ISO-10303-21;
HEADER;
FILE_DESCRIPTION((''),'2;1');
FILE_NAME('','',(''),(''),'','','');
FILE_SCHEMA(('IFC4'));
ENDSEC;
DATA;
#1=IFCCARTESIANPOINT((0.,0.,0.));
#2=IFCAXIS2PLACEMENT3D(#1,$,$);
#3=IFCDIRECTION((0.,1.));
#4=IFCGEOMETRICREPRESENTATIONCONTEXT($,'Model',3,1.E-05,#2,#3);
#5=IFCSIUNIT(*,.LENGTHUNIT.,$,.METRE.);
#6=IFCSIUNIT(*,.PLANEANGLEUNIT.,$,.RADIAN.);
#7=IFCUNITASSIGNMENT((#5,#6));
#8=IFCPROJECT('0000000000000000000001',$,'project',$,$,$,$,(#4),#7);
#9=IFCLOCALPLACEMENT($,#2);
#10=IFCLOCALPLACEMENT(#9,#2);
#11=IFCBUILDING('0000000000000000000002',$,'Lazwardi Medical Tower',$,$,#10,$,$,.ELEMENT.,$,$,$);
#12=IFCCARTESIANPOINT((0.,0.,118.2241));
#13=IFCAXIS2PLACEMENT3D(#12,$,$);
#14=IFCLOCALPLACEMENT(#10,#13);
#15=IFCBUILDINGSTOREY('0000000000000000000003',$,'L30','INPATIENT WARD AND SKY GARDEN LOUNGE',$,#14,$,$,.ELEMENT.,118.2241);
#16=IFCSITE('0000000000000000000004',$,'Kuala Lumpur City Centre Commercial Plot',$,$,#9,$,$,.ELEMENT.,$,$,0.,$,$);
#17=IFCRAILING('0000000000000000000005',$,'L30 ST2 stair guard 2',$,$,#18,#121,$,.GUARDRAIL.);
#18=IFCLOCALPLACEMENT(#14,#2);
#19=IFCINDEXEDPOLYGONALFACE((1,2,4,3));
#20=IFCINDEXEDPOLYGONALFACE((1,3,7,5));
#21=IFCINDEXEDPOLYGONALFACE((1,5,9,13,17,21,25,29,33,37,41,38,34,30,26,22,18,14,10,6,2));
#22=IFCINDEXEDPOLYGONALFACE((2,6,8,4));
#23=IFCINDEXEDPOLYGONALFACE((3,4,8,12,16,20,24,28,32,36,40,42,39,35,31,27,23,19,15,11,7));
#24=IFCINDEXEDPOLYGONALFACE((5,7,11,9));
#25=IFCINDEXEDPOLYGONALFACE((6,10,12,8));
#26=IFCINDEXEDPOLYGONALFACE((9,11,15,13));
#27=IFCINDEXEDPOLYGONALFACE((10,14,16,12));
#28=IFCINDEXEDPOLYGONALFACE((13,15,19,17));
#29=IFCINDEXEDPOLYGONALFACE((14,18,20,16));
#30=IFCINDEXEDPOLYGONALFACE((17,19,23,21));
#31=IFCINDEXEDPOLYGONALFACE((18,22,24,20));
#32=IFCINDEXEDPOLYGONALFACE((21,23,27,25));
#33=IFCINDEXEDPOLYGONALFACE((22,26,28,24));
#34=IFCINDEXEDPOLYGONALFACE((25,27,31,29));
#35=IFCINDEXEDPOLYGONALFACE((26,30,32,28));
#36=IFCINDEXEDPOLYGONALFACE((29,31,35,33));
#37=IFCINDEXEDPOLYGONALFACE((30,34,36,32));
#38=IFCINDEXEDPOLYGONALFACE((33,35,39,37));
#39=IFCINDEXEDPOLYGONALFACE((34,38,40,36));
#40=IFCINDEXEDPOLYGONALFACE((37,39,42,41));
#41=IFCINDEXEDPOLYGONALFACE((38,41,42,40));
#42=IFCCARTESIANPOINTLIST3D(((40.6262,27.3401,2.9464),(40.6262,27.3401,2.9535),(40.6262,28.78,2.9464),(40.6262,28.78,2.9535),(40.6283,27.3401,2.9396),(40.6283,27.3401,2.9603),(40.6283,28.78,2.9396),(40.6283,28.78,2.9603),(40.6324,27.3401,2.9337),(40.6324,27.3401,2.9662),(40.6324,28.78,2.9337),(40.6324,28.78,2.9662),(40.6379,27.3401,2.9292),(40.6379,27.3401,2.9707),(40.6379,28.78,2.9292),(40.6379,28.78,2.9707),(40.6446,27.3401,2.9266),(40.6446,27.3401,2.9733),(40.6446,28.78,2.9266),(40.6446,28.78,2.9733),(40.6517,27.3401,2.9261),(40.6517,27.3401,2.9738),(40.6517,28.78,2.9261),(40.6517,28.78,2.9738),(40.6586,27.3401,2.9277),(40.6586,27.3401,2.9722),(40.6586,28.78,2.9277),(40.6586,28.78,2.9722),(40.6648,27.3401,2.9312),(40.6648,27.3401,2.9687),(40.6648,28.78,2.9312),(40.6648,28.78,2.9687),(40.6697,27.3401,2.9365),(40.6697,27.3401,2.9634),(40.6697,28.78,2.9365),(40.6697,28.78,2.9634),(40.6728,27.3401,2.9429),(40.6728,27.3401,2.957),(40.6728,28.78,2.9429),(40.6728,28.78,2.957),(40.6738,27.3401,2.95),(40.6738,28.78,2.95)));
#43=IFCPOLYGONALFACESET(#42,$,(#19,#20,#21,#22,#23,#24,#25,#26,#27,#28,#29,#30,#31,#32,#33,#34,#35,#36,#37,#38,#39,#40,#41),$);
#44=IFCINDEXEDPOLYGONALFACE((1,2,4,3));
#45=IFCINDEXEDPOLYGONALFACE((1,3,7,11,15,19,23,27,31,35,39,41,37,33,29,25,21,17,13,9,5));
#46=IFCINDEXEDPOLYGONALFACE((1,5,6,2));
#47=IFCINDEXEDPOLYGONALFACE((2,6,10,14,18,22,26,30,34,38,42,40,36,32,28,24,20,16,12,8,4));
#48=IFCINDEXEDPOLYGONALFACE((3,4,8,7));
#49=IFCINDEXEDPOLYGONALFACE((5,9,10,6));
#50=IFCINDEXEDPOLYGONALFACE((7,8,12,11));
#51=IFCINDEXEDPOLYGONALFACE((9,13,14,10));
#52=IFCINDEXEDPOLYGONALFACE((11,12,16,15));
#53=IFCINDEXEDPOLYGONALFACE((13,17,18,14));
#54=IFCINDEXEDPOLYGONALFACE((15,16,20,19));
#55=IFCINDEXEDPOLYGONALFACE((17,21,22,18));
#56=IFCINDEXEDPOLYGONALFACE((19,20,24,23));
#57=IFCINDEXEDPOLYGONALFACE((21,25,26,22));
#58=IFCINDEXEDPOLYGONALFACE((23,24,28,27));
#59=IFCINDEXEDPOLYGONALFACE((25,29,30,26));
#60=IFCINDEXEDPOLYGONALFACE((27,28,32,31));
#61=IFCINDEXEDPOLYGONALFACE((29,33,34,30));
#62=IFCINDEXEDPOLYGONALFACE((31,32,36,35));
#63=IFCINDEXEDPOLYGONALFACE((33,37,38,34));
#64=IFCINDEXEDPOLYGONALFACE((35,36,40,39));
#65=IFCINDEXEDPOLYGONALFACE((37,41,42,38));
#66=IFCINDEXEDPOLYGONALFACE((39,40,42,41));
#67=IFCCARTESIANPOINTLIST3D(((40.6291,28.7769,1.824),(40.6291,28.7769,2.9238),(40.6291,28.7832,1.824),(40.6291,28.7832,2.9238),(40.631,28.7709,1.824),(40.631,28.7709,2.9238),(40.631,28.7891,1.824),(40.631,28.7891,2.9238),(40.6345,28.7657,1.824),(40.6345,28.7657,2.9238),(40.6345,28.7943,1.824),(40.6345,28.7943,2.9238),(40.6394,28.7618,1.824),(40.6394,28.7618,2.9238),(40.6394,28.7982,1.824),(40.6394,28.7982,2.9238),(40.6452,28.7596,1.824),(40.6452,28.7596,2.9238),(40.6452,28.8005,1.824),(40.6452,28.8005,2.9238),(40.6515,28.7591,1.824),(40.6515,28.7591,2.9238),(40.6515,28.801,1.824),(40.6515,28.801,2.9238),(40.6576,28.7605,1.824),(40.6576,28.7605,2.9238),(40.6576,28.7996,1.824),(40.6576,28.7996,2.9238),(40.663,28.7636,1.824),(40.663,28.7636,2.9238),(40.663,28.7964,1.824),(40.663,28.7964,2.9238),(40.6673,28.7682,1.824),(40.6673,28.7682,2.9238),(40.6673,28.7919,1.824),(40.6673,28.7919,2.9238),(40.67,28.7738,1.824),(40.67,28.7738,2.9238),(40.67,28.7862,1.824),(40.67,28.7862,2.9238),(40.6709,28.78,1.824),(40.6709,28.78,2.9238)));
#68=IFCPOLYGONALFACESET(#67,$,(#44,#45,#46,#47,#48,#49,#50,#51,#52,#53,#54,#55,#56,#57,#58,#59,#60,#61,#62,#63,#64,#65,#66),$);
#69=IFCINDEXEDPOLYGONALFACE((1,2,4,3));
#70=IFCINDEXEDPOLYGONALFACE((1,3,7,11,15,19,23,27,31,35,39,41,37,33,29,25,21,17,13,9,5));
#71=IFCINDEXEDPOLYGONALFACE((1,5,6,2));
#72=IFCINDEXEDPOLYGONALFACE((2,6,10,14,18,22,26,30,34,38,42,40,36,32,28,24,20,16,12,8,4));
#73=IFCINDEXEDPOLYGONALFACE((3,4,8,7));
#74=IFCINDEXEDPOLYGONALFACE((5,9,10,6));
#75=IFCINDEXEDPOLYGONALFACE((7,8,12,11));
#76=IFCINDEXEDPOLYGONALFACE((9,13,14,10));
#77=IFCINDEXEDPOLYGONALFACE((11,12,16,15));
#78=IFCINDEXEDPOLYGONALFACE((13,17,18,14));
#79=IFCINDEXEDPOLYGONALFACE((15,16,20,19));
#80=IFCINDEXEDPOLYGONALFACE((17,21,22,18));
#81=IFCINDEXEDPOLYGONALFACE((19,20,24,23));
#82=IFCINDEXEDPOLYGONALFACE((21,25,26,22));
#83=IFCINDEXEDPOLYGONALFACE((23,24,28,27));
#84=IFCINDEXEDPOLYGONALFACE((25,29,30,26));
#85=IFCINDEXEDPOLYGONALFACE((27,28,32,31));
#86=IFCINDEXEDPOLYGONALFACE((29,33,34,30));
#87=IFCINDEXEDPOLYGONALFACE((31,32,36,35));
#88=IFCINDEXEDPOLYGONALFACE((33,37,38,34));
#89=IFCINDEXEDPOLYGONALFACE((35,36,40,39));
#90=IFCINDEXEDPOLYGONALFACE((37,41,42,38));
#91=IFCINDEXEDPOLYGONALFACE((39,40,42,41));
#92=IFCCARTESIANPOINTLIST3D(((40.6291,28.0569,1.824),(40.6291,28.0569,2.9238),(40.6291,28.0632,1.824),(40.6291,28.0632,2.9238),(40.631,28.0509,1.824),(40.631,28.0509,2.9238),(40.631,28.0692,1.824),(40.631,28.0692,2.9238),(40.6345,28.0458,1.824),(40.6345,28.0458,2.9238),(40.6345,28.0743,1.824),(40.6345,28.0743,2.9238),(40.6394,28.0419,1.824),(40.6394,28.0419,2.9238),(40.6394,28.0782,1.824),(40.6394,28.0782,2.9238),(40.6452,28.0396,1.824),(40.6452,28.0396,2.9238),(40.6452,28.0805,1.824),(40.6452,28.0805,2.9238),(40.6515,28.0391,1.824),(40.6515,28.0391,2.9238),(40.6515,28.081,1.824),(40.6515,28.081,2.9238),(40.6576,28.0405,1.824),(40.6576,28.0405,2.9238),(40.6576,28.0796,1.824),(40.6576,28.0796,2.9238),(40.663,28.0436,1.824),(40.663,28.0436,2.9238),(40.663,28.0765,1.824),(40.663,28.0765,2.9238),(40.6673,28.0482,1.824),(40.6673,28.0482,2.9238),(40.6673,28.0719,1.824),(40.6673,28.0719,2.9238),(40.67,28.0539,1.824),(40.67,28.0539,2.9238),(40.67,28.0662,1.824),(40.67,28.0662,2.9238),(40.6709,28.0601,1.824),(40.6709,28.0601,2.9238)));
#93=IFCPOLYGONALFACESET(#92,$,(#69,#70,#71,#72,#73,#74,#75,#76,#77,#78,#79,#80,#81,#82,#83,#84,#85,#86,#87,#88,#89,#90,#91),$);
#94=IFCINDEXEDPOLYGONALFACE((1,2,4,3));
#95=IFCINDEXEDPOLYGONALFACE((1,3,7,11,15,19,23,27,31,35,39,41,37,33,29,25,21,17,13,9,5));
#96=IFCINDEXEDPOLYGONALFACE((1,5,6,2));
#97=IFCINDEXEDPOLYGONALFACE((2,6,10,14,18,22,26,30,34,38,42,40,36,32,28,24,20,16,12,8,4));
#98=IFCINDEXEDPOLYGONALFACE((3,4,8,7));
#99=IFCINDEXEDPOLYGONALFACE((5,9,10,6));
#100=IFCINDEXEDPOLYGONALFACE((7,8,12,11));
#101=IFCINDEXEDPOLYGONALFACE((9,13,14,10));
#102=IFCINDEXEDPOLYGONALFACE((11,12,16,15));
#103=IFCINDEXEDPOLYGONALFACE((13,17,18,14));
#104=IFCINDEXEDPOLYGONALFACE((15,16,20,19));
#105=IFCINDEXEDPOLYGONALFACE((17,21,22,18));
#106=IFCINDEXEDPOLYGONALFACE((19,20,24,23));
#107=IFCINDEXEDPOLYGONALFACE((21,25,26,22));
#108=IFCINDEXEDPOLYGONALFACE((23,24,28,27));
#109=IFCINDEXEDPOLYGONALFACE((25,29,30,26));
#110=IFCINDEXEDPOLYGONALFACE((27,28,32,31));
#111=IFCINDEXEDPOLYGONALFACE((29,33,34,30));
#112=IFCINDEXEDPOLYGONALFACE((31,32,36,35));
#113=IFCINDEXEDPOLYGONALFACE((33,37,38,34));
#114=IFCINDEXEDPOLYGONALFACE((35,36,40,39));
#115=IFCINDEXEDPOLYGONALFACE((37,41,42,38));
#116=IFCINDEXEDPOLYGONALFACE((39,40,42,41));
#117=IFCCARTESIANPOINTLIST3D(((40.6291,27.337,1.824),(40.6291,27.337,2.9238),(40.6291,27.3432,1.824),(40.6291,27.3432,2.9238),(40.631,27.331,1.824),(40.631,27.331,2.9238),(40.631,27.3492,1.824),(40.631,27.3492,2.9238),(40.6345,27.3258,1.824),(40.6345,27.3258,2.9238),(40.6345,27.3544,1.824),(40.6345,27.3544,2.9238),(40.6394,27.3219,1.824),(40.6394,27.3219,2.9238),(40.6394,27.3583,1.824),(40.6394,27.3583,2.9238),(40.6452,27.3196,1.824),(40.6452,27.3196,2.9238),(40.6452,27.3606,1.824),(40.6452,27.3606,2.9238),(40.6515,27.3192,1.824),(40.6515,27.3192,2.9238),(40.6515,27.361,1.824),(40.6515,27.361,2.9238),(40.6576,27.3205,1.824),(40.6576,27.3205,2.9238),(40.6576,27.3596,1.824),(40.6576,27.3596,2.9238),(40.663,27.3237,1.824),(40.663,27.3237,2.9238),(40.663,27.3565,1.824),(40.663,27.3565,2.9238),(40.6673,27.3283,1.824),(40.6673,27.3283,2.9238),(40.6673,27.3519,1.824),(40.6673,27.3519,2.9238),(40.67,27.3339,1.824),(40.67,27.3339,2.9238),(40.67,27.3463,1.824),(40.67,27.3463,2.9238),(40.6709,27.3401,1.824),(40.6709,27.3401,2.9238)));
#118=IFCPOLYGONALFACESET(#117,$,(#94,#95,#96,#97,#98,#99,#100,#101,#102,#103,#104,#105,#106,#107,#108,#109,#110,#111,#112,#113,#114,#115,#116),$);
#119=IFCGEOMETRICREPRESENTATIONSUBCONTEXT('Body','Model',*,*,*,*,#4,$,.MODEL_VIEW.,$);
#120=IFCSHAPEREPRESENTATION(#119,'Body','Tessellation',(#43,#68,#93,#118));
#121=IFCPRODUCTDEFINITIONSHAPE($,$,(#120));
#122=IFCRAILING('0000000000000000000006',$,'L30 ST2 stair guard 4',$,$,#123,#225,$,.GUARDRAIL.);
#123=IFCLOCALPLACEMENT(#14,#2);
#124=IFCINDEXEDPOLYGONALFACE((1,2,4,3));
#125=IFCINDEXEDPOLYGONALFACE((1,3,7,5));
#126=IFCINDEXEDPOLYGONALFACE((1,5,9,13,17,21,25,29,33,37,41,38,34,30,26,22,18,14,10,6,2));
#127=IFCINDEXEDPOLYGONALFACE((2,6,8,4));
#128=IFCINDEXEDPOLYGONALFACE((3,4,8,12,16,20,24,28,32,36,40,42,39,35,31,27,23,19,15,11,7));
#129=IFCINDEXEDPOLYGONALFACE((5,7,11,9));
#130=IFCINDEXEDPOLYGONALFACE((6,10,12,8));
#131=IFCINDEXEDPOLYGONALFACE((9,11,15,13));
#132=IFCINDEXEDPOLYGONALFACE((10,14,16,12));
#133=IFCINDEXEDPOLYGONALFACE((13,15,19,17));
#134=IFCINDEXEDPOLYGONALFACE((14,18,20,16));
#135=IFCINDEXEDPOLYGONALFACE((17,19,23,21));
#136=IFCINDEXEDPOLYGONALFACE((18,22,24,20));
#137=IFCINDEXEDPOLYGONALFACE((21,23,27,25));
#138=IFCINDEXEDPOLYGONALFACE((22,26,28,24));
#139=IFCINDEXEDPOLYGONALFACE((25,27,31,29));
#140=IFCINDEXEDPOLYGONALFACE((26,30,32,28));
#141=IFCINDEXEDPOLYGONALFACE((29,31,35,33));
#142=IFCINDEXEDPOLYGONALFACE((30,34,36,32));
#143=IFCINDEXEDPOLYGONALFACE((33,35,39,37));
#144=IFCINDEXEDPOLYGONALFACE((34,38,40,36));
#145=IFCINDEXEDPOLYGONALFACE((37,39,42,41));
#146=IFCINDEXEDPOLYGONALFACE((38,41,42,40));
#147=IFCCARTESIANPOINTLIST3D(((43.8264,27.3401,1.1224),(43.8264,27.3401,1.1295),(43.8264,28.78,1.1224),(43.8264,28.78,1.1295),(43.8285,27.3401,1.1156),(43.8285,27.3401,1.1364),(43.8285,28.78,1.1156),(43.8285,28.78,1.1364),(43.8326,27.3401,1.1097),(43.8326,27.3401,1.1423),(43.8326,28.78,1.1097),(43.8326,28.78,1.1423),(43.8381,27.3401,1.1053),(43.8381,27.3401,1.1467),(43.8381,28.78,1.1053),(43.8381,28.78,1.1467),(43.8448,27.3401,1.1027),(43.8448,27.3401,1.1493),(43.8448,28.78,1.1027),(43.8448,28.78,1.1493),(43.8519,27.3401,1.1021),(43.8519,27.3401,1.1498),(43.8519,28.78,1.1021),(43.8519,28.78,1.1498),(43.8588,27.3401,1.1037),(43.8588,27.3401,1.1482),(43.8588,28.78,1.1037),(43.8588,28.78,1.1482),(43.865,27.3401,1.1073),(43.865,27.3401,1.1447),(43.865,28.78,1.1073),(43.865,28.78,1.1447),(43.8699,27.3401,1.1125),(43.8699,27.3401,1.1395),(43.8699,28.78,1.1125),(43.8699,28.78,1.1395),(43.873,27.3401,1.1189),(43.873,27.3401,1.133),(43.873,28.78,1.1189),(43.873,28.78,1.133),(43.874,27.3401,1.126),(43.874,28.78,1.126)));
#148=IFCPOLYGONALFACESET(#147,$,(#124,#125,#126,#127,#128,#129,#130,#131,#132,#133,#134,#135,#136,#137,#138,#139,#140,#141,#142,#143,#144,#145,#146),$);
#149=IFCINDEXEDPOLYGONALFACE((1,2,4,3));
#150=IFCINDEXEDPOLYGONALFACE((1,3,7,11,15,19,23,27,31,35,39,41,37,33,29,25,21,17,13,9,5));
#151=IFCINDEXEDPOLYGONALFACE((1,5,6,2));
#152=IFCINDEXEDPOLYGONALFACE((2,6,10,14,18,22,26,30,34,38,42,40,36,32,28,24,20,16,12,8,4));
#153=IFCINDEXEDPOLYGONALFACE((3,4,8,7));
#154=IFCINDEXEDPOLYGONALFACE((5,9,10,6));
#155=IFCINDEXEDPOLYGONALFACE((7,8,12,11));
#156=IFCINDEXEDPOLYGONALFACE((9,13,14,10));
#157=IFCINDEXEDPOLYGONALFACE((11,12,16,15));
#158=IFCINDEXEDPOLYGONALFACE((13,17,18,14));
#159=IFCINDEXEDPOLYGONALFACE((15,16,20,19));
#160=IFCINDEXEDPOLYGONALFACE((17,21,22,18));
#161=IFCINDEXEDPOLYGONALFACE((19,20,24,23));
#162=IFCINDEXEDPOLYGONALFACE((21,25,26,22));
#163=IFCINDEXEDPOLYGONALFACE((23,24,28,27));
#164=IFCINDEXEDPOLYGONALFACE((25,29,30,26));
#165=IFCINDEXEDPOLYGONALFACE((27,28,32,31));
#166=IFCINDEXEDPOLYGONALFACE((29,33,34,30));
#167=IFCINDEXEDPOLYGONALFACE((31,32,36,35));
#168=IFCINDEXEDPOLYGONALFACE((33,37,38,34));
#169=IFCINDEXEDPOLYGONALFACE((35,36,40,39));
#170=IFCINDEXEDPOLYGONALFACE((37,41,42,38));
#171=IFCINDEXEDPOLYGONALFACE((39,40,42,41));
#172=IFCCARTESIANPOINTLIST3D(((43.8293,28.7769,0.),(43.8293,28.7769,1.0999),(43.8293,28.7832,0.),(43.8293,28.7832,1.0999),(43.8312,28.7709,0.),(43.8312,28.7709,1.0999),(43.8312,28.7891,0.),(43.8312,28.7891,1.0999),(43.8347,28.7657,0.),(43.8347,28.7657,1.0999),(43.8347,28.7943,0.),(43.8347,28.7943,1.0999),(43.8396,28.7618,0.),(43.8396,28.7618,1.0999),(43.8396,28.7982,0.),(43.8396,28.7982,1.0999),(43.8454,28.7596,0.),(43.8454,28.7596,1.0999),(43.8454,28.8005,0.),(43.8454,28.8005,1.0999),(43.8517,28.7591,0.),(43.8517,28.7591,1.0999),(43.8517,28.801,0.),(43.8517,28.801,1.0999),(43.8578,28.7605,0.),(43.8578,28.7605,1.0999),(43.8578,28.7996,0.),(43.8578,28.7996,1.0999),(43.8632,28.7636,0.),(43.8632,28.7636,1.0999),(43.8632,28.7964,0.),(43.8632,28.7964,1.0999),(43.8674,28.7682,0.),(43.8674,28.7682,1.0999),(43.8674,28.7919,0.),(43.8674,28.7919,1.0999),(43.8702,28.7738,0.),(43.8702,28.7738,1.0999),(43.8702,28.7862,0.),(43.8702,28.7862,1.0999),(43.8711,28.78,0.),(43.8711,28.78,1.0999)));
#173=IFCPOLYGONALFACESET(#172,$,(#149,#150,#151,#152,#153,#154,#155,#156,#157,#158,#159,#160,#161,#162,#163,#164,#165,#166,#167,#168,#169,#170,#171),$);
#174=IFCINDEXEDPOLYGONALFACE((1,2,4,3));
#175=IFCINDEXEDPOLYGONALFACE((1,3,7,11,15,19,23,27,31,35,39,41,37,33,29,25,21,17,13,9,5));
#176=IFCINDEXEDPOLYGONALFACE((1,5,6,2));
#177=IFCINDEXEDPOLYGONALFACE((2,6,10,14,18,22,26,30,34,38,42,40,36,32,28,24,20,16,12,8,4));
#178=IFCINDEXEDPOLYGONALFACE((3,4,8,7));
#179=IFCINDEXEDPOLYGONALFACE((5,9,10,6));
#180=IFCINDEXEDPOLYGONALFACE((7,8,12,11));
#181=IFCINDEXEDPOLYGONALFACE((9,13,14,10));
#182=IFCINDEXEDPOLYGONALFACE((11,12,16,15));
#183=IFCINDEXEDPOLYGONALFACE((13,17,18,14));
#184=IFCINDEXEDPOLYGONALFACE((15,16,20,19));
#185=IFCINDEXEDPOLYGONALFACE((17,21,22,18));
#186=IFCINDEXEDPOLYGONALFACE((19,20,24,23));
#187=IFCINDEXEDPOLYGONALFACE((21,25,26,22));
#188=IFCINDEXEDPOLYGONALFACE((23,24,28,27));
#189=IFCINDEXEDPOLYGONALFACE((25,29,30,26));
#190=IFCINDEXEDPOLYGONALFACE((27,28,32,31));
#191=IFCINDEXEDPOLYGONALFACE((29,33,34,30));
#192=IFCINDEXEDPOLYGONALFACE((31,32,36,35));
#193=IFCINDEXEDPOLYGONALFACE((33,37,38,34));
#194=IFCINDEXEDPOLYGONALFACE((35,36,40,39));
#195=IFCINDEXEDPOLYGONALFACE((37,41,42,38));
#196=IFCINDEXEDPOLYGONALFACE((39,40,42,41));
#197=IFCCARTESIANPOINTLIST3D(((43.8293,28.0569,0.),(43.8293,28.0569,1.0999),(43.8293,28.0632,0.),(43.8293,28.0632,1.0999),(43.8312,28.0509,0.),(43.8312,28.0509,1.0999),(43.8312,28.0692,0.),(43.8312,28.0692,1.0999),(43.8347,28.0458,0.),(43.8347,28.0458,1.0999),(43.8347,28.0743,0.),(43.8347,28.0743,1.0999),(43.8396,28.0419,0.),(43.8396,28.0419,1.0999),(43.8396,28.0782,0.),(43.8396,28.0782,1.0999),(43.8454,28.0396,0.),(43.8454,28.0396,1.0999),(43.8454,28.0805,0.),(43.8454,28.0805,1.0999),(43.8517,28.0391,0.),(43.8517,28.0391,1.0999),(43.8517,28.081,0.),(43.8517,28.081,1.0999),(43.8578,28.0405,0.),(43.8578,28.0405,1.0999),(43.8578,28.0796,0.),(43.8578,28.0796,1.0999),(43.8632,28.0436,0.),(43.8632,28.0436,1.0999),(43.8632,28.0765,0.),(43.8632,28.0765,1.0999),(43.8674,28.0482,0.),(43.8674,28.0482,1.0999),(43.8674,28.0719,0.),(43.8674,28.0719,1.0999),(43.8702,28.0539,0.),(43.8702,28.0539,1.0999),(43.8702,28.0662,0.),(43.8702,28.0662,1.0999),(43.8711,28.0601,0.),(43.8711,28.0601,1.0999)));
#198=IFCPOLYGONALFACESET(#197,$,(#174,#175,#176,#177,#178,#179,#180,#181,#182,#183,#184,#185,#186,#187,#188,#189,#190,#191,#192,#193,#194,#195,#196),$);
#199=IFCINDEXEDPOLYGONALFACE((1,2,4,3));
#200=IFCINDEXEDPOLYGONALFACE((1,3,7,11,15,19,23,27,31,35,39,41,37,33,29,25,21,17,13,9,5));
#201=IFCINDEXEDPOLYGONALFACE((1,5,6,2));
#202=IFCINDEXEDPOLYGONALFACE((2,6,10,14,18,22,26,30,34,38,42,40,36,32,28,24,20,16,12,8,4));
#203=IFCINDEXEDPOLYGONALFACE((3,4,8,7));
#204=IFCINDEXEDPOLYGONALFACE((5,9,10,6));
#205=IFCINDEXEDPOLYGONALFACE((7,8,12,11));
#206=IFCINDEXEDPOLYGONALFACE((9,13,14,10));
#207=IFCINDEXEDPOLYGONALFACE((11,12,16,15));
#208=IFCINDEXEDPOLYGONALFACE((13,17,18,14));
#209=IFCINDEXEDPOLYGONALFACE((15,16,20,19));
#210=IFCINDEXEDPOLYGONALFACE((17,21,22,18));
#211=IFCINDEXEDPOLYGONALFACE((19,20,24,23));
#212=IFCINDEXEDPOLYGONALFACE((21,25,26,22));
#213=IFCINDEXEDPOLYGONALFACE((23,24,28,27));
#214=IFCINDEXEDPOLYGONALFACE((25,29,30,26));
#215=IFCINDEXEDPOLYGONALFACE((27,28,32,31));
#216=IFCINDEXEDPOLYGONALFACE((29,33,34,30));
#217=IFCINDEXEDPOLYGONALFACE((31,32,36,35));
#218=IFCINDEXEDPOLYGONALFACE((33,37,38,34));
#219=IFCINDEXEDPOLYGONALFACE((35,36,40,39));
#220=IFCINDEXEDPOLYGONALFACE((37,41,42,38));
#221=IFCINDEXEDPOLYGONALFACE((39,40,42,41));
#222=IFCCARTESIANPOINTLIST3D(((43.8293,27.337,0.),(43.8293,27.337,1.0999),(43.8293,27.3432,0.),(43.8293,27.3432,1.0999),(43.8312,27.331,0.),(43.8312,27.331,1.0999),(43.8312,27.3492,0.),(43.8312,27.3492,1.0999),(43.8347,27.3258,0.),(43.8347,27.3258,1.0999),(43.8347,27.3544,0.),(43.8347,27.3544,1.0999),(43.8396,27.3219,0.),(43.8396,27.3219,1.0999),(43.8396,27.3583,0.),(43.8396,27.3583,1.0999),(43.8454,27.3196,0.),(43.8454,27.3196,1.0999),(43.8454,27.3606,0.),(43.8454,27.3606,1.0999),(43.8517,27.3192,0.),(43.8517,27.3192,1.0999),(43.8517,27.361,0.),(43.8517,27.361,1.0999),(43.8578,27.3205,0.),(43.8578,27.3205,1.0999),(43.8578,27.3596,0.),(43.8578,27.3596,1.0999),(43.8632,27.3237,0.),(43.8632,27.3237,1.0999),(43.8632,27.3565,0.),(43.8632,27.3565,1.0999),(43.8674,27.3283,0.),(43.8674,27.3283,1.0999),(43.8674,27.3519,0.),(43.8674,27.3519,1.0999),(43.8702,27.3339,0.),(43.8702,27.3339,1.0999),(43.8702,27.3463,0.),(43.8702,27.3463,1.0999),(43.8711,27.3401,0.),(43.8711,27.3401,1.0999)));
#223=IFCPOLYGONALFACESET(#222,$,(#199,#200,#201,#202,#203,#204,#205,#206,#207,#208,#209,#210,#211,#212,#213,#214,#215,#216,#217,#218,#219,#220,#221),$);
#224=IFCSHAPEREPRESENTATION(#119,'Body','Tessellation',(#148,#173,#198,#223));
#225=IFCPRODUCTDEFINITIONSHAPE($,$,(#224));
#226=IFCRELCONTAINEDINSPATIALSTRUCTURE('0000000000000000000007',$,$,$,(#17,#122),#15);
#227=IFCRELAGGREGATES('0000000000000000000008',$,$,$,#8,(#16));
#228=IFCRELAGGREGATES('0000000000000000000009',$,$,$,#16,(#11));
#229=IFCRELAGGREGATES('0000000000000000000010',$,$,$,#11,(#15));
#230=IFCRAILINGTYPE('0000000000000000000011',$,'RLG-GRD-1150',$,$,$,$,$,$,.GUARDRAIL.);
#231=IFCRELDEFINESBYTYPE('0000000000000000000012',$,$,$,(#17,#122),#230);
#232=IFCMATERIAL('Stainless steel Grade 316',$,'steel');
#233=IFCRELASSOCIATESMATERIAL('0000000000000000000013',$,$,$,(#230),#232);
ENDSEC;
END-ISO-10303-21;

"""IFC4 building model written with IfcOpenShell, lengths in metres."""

from ifc_helpers import new_model, si_unit, direction, frame, origin, origin_2d, place, context, subcontext, project, spatial, circle, extrude, material, type_object, element, save


model = new_model("IFC4")

# Units and contexts
model_context = context("Model", 3, precision=1e-05, world=origin(), true_north=direction((0.0, 1.0)))
body_context = subcontext(model_context, "Body", "Model", "MODEL_VIEW")
ifc_project = project(units=[si_unit("LENGTHUNIT", "METRE"), si_unit("PLANEANGLEUNIT", "RADIAN")], contexts=[model_context])

# Site, building, storey
site_placement = place(None, origin())
site = spatial("IfcSite", under=ifc_project, at=site_placement, Name="Kuala Lumpur City Centre Commercial Plot", CompositionType="ELEMENT", RefElevation=0.0)
building_placement = place(site_placement, origin())
building = spatial("IfcBuilding", under=site, at=building_placement, Name="Lazwardi Medical Tower", CompositionType="ELEMENT")
storey_placement = place(building_placement, frame((0.0, 0.0, 118.2241)))
storey = spatial("IfcBuildingStorey", under=building, at=storey_placement, Name="L30", Description="INPATIENT WARD AND SKY GARDEN LOUNGE", CompositionType="ELEMENT", Elevation=118.2241)

# Railings
ifc_material_1 = material(Name="Stainless steel Grade 316", Category="steel")
railing_type_1 = type_object("IfcRailingType", Name="RLG-GRD-1150", PredefinedType="GUARDRAIL", material=ifc_material_1)
for number, where, name in (
    (1, (40.6499, 28.78, 1.824), "L30 ST2 stair guard 2"),
    (2, (43.8501, 28.78, 0.0), "L30 ST2 stair guard 4"),
):
    element("IfcRailing", number, at=place(storey_placement, frame(where)), inside=storey, type_object=railing_type_1, Name=name, PredefinedType="GUARDRAIL", context=body_context, shape_type="SweptSolid", body=[
        extrude(circle(Radius=0.0239, at=origin_2d()), frame((0.0, 0.0, 1.126), z_axis=(0.0, -1.0, 0.0), x_axis=(1.0, 0.0, 0.0)), (0.0, 0.0, 1.0), 1.4399),
        extrude(circle(Radius=0.021, at=origin_2d()), origin(), (0.0, 0.0, 1.0), 1.0999),
        extrude(circle(Radius=0.021, at=origin_2d()), frame((0.0, -0.72, 0.0)), (0.0, 0.0, 1.0), 1.0999),
        extrude(circle(Radius=0.021, at=origin_2d()), frame((0.0, -1.4399, 0.0)), (0.0, 0.0, 1.0), 1.0999),
    ])

save(model, "model.ifc")
